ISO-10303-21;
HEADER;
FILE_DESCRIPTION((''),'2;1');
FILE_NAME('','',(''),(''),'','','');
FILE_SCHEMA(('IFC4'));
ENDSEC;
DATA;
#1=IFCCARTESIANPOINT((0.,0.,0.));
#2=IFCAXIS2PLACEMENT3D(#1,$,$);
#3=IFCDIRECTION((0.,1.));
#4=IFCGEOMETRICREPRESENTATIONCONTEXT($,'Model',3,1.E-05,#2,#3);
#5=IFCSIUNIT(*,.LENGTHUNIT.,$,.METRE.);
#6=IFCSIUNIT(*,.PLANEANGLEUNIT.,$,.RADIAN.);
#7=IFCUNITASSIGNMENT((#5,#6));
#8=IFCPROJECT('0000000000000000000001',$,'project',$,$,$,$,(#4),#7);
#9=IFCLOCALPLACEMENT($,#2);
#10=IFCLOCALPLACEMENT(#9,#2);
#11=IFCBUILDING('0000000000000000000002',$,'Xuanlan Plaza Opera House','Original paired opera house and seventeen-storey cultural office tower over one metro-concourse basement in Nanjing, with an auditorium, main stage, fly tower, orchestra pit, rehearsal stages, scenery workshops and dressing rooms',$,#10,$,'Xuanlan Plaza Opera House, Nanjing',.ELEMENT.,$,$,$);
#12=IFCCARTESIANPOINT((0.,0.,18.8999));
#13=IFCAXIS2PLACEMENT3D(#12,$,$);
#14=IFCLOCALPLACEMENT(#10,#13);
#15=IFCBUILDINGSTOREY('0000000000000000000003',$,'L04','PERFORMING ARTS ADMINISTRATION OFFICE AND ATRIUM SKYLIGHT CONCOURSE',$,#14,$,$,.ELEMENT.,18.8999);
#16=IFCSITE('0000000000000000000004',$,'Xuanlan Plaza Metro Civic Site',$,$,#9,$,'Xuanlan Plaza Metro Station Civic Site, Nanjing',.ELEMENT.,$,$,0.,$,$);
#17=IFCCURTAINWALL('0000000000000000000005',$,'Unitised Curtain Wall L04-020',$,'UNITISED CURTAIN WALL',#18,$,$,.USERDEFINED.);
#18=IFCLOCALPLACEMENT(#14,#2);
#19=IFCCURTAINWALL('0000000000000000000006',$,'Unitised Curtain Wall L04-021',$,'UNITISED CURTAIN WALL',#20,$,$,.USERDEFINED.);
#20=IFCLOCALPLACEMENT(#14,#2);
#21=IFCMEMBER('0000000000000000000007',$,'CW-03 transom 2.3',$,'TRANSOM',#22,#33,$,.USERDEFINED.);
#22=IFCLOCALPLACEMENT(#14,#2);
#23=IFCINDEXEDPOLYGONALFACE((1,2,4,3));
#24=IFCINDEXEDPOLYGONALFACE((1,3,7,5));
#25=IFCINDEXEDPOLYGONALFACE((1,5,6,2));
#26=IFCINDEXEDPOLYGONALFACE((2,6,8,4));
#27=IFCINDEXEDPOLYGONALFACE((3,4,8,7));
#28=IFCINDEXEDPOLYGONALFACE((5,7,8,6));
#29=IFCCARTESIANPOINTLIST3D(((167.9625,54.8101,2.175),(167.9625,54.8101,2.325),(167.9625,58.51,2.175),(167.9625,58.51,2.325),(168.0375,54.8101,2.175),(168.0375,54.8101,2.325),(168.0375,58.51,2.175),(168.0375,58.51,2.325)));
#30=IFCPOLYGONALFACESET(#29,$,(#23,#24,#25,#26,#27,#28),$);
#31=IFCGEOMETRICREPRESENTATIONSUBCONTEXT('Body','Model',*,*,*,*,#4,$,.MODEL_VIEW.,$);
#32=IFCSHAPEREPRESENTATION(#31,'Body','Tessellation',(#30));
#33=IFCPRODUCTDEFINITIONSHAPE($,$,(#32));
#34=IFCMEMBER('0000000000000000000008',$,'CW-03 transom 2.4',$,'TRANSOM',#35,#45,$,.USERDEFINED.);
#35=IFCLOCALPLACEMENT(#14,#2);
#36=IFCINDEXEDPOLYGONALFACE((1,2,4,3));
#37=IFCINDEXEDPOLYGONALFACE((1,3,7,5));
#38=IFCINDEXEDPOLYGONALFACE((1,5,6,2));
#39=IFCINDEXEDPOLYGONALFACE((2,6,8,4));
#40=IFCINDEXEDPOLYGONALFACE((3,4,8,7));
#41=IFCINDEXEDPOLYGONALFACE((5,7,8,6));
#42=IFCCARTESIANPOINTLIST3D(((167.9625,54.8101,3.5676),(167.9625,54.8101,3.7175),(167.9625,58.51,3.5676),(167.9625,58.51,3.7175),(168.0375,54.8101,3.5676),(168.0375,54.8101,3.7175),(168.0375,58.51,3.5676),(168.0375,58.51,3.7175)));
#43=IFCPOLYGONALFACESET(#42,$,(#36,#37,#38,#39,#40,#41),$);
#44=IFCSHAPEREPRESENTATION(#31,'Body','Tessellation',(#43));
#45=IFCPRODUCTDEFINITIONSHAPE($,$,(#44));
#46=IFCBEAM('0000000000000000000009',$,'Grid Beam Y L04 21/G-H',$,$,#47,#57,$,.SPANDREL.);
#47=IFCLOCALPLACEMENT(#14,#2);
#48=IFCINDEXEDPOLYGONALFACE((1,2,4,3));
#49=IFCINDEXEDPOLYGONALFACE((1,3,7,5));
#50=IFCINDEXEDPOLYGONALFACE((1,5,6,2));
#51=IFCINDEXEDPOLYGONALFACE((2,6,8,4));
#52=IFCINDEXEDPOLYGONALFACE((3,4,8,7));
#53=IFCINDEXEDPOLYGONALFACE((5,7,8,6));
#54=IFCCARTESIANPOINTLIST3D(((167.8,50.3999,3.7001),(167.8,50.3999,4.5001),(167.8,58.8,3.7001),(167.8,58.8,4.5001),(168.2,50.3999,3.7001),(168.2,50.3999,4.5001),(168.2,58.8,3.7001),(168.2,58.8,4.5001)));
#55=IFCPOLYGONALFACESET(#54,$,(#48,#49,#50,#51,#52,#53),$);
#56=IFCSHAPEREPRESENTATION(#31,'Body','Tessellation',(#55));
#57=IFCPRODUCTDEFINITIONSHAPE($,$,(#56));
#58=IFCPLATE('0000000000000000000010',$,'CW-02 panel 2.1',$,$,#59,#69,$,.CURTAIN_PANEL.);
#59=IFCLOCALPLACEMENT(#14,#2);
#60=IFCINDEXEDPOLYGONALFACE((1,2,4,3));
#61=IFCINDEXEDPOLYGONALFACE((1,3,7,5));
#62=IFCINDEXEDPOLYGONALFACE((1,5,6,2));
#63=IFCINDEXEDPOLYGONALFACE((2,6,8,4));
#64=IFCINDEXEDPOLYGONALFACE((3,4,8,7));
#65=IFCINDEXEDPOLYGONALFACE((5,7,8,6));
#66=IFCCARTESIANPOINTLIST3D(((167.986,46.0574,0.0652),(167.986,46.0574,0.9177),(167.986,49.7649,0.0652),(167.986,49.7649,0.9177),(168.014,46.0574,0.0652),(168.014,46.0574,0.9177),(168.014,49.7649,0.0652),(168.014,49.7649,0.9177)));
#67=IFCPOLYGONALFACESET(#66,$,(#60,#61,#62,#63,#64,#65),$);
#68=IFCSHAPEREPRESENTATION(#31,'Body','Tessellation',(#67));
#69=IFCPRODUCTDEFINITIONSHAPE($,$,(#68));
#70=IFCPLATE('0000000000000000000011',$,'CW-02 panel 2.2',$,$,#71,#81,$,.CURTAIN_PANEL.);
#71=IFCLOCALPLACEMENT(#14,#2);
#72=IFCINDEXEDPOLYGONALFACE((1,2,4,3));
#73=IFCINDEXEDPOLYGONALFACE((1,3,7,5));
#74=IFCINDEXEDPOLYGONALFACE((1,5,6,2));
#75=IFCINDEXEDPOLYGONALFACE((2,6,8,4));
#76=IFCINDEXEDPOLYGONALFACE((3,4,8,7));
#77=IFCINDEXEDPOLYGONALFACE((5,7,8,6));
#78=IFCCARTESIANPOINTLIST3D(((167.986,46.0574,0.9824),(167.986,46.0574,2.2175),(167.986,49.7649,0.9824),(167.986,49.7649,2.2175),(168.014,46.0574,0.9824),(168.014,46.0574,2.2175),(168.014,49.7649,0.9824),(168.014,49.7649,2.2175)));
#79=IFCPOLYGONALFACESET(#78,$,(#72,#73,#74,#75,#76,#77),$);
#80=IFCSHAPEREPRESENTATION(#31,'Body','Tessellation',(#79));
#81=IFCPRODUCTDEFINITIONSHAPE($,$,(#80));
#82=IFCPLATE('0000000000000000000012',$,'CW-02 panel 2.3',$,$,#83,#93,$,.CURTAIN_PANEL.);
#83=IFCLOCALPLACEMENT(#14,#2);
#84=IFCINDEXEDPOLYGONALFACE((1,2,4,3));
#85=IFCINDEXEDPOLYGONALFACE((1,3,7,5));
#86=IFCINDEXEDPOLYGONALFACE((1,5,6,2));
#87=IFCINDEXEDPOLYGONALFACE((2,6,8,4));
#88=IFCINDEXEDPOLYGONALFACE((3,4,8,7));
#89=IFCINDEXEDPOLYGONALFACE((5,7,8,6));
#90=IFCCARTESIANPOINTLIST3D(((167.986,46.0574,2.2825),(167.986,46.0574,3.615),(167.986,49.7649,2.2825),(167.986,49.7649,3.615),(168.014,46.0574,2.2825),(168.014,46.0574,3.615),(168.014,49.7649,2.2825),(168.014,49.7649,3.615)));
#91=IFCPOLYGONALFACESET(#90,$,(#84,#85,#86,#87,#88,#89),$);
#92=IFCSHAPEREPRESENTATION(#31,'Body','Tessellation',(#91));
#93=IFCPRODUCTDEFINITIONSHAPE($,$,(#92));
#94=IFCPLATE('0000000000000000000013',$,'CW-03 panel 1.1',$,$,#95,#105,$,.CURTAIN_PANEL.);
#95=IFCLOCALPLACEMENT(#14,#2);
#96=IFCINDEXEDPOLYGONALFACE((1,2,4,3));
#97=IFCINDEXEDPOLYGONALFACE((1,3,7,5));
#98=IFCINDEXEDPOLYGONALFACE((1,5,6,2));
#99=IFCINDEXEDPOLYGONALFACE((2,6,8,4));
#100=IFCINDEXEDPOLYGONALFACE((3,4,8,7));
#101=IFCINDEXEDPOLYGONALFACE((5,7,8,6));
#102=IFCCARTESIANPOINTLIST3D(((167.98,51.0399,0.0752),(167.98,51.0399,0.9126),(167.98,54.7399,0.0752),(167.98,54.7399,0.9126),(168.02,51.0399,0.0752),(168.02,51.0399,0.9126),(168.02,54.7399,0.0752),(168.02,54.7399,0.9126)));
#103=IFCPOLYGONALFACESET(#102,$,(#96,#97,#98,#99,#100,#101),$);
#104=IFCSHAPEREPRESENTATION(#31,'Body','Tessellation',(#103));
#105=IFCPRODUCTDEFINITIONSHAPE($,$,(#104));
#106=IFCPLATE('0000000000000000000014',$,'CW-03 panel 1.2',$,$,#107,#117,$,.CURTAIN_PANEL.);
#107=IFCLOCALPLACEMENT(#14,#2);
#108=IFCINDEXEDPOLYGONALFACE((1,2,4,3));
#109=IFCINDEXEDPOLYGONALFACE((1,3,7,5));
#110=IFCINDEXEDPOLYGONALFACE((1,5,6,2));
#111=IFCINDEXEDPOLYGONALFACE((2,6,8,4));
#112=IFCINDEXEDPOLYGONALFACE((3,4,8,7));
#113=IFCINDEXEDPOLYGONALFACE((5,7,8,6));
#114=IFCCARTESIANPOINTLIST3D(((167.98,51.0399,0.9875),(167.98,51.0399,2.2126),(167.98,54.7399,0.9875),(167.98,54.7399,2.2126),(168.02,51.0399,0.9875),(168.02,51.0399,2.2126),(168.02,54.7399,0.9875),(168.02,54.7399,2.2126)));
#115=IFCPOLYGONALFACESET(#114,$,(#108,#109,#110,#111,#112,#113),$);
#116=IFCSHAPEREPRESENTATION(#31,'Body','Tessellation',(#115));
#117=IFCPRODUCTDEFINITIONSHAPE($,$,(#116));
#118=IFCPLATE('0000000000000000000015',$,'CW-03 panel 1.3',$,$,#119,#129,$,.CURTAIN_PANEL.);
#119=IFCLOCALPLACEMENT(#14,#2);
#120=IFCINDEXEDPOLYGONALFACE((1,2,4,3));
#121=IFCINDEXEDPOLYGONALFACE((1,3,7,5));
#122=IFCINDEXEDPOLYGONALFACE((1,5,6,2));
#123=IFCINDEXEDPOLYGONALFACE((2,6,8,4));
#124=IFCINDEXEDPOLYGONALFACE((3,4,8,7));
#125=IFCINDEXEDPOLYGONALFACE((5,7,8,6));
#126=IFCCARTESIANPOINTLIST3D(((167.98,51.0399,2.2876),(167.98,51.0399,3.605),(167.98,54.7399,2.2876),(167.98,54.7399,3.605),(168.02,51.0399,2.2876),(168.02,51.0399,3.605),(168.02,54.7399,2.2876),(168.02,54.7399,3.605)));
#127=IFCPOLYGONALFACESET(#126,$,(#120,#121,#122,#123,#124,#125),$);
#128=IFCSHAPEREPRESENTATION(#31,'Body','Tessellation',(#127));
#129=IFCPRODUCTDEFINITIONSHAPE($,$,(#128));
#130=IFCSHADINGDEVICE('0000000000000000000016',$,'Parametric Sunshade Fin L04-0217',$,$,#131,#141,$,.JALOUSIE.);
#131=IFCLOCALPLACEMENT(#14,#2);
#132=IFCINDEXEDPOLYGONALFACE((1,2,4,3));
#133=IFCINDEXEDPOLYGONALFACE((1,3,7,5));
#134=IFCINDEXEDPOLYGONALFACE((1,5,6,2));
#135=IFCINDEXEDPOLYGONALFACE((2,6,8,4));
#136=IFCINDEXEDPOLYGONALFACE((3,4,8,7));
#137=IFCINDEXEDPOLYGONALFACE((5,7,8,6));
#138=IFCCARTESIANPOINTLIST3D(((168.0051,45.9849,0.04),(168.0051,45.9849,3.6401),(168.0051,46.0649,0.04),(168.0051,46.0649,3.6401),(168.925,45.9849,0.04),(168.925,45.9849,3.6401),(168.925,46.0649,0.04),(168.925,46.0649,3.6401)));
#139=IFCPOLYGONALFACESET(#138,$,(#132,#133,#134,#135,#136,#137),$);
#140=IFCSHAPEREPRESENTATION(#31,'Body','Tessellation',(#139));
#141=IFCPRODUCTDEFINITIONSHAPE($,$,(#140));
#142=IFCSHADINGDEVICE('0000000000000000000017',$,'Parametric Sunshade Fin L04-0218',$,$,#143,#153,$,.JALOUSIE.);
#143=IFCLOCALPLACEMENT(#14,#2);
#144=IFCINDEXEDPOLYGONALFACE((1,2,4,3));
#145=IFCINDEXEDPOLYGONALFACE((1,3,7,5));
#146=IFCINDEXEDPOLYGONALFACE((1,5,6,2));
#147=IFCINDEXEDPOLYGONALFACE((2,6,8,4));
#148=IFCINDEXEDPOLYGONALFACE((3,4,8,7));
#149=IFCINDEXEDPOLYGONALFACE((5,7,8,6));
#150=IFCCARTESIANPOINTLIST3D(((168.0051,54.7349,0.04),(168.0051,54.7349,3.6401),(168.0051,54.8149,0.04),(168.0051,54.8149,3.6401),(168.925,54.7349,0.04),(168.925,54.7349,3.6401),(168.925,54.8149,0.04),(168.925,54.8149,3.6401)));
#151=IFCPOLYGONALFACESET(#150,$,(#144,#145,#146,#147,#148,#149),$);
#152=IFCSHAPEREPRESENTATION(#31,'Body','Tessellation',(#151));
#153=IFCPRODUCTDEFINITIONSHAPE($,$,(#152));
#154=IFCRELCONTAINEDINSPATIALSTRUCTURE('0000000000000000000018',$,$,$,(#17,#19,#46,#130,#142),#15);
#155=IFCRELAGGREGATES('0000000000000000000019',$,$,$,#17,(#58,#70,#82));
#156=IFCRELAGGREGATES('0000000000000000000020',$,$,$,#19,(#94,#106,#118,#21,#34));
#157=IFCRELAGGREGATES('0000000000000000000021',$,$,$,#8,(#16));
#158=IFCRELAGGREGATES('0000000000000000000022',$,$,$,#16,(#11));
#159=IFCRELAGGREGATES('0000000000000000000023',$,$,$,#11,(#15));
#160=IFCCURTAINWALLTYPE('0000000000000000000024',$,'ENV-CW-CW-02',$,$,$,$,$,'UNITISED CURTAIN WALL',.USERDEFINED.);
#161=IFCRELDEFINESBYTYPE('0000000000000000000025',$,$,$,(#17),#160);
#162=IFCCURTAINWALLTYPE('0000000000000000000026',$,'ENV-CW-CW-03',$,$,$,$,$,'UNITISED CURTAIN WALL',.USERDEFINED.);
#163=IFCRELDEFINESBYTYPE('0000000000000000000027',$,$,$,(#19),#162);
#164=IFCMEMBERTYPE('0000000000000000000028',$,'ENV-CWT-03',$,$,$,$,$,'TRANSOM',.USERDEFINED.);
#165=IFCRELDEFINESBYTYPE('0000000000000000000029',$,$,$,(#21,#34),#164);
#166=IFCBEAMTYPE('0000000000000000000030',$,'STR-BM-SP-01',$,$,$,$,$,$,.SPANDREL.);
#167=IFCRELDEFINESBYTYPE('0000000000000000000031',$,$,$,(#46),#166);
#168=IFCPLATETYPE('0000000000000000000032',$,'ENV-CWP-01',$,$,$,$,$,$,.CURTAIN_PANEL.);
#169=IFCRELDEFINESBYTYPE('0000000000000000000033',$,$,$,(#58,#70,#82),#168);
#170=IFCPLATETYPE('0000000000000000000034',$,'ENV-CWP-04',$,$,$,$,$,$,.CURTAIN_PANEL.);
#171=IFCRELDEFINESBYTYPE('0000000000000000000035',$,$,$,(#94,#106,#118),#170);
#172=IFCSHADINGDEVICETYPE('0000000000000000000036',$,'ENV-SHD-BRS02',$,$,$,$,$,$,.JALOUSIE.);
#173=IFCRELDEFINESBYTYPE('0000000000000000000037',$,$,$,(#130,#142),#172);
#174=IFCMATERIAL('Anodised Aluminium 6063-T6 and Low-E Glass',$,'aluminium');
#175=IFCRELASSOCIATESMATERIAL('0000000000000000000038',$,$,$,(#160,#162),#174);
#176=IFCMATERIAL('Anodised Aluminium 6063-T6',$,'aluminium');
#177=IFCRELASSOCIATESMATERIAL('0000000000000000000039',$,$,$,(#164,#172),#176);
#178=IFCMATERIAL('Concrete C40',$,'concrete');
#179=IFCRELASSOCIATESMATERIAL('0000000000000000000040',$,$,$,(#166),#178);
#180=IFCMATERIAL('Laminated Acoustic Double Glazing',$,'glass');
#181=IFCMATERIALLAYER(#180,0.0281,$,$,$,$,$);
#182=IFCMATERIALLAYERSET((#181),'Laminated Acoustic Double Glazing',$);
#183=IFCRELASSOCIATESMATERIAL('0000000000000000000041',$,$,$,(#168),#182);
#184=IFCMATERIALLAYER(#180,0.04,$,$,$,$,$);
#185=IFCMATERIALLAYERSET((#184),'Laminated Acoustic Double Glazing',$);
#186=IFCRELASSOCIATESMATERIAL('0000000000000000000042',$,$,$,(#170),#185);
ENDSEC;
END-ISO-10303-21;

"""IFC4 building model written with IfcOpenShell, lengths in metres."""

from ifc_helpers import new_model, si_unit, direction, frame, origin, origin_2d, place, context, subcontext, project, spatial, rectangle, extrude, material, layer, layer_set, material_profile, profile_set, type_object, element, aggregate, save


model = new_model("IFC4")

# Units and contexts
model_context = context("Model", 3, precision=1e-05, world=origin(), true_north=direction((0.0, 1.0)))
body_context = subcontext(model_context, "Body", "Model", "MODEL_VIEW")
ifc_project = project(units=[si_unit("LENGTHUNIT", "METRE"), si_unit("PLANEANGLEUNIT", "RADIAN")], contexts=[model_context])

# Site, building, storey
site_placement = place(None, origin())
site = spatial("IfcSite", under=ifc_project, at=site_placement, Name="Xuanlan Plaza Metro Civic Site", LongName="Xuanlan Plaza Metro Station Civic Site, Nanjing", CompositionType="ELEMENT", RefElevation=0.0)
building_placement = place(site_placement, origin())
building = spatial("IfcBuilding", under=site, at=building_placement, Name="Xuanlan Plaza Opera House", Description="Original paired opera house and seventeen-storey cultural office tower over one metro-concourse basement in Nanjing, with an auditorium, main stage, fly tower, orchestra pit, rehearsal stages, scenery workshops and dressing rooms", LongName="Xuanlan Plaza Opera House, Nanjing", CompositionType="ELEMENT")
storey_placement = place(building_placement, frame((0.0, 0.0, 18.8999)))
storey = spatial("IfcBuildingStorey", under=building, at=storey_placement, Name="L04", Description="PERFORMING ARTS ADMINISTRATION OFFICE AND ATRIUM SKYLIGHT CONCOURSE", CompositionType="ELEMENT", Elevation=18.8999)

# Curtain wall
ifc_material_1 = material(Name="Anodised Aluminium 6063-T6 and Low-E Glass", Category="aluminium")
curtain_wall_type_1 = type_object("IfcCurtainWallType", Name="ENV-CW-CW-02", ElementType="UNITISED CURTAIN WALL", PredefinedType="USERDEFINED", material=ifc_material_1)
curtain_wall_1_placement = place(storey_placement, origin())
curtain_wall_1 = element("IfcCurtainWall", 1, at=curtain_wall_1_placement, inside=storey, type_object=curtain_wall_type_1, Name="Unitised Curtain Wall L04-020", ObjectType="UNITISED CURTAIN WALL", PredefinedType="USERDEFINED")
ifc_material_2 = material(Name="Anodised Aluminium 6063-T6", Category="aluminium")

# Curtain wall
curtain_wall_type_2 = type_object("IfcCurtainWallType", Name="ENV-CW-CW-03", ElementType="UNITISED CURTAIN WALL", PredefinedType="USERDEFINED", material=ifc_material_1)
curtain_wall_2_placement = place(storey_placement, origin())
curtain_wall_2 = element("IfcCurtainWall", 2, at=curtain_wall_2_placement, inside=storey, type_object=curtain_wall_type_2, Name="Unitised Curtain Wall L04-021", ObjectType="UNITISED CURTAIN WALL", PredefinedType="USERDEFINED")

# Members
ifc_material_profile_1 = material_profile(ifc_material_2, rectangle(XDim=0.075, YDim=0.1499, at=origin_2d()), Name="ALU-T 75x150")
ifc_profile_set_1 = profile_set([ifc_material_profile_1], Name="Anodised Aluminium 6063-T6")
member_type_1 = type_object("IfcMemberType", Name="ENV-CWT-03", ElementType="TRANSOM", PredefinedType="USERDEFINED", material=ifc_profile_set_1)
member_1_placement = place(storey_placement, frame((168.0, 54.8101, 2.25), z_axis=(0.0, 1.0, 0.0), x_axis=(-1.0, 0.0, 0.0)))
member_1 = element("IfcMember", 3, at=member_1_placement, type_object=member_type_1, Name="CW-03 transom 2.3", ObjectType="TRANSOM", PredefinedType="USERDEFINED", context=body_context, shape_type="SweptSolid", body=[
    extrude(rectangle(XDim=0.075, YDim=0.1499, at=origin_2d()), origin(), (0.0, 0.0, 1.0), 3.7),
])
member_2_placement = place(storey_placement, frame((168.0, 54.8101, 3.6426), z_axis=(0.0, 1.0, 0.0), x_axis=(-1.0, 0.0, 0.0)))
member_2 = element("IfcMember", 4, at=member_2_placement, type_object=member_type_1, Name="CW-03 transom 2.4", ObjectType="TRANSOM", PredefinedType="USERDEFINED", context=body_context, shape_type="SweptSolid", body=[
    extrude(rectangle(XDim=0.075, YDim=0.1499, at=origin_2d()), origin(), (0.0, 0.0, 1.0), 3.7),
])

# Beam
ifc_material_3 = material(Name="Concrete C40", Category="concrete")
ifc_material_profile_2 = material_profile(ifc_material_3, rectangle(XDim=0.3999, YDim=0.8, at=origin_2d()), Name="RC-SPD 400x800")
ifc_profile_set_2 = profile_set([ifc_material_profile_2], Name="Concrete C40")
beam_type = type_object("IfcBeamType", Name="STR-BM-SP-01", PredefinedType="SPANDREL", material=ifc_profile_set_2)
beam_placement = place(storey_placement, frame((168.0, 50.3999, 4.1001), z_axis=(0.0, 1.0, 0.0), x_axis=(-1.0, 0.0, 0.0)))
element("IfcBeam", 5, at=beam_placement, inside=storey, type_object=beam_type, Name="Grid Beam Y L04 21/G-H", PredefinedType="SPANDREL", context=body_context, shape_type="SweptSolid", body=[
    extrude(rectangle(XDim=0.3999, YDim=0.8, at=origin_2d()), origin(), (0.0, 0.0, 1.0), 8.4001),
])

# Plates
ifc_material_4 = material(Name="Laminated Acoustic Double Glazing", Category="glass")
ifc_layer_1 = layer(ifc_material_4, 0.0281)
ifc_layer_set_1 = layer_set([ifc_layer_1], Name="Laminated Acoustic Double Glazing")
plate_type_1 = type_object("IfcPlateType", Name="ENV-CWP-01", PredefinedType="CURTAIN_PANEL", material=ifc_layer_set_1)
plate_1_placement = place(storey_placement, frame((168.0, 47.9111, 0.0652), z_axis=(0.0, 0.0, 1.0), x_axis=(0.0, 1.0, 0.0)))
plate_1 = element("IfcPlate", 6, at=plate_1_placement, type_object=plate_type_1, Name="CW-02 panel 2.1", PredefinedType="CURTAIN_PANEL", context=body_context, shape_type="SweptSolid", body=[
    extrude(rectangle(XDim=3.7075, YDim=0.0281, at=origin_2d()), origin(), (0.0, 0.0, 1.0), 0.8525),
])
plate_2_placement = place(storey_placement, frame((168.0, 47.9111, 0.9824), z_axis=(0.0, 0.0, 1.0), x_axis=(0.0, 1.0, 0.0)))
plate_2 = element("IfcPlate", 7, at=plate_2_placement, type_object=plate_type_1, Name="CW-02 panel 2.2", PredefinedType="CURTAIN_PANEL", context=body_context, shape_type="SweptSolid", body=[
    extrude(rectangle(XDim=3.7075, YDim=0.0281, at=origin_2d()), origin(), (0.0, 0.0, 1.0), 1.2351),
])
plate_3_placement = place(storey_placement, frame((168.0, 47.9111, 2.2825), z_axis=(0.0, 0.0, 1.0), x_axis=(0.0, 1.0, 0.0)))
plate_3 = element("IfcPlate", 8, at=plate_3_placement, type_object=plate_type_1, Name="CW-02 panel 2.3", PredefinedType="CURTAIN_PANEL", context=body_context, shape_type="SweptSolid", body=[
    extrude(rectangle(XDim=3.7075, YDim=0.0281, at=origin_2d()), origin(), (0.0, 0.0, 1.0), 1.3325),
])
aggregate(curtain_wall_1, [plate_1, plate_2, plate_3])
ifc_layer_2 = layer(ifc_material_4, 0.04)
ifc_layer_set_2 = layer_set([ifc_layer_2], Name="Laminated Acoustic Double Glazing")
plate_type_2 = type_object("IfcPlateType", Name="ENV-CWP-04", PredefinedType="CURTAIN_PANEL", material=ifc_layer_set_2)
plate_4_placement = place(storey_placement, frame((168.0, 52.8899, 0.0752), z_axis=(0.0, 0.0, 1.0), x_axis=(0.0, 1.0, 0.0)))
plate_4 = element("IfcPlate", 9, at=plate_4_placement, type_object=plate_type_2, Name="CW-03 panel 1.1", PredefinedType="CURTAIN_PANEL", context=body_context, shape_type="SweptSolid", body=[
    extrude(rectangle(XDim=3.7, YDim=0.04, at=origin_2d()), origin(), (0.0, 0.0, 1.0), 0.8374),
])
plate_5_placement = place(storey_placement, frame((168.0, 52.8899, 0.9875), z_axis=(0.0, 0.0, 1.0), x_axis=(0.0, 1.0, 0.0)))
plate_5 = element("IfcPlate", 10, at=plate_5_placement, type_object=plate_type_2, Name="CW-03 panel 1.2", PredefinedType="CURTAIN_PANEL", context=body_context, shape_type="SweptSolid", body=[
    extrude(rectangle(XDim=3.7, YDim=0.04, at=origin_2d()), origin(), (0.0, 0.0, 1.0), 1.2251),
])
plate_6_placement = place(storey_placement, frame((168.0, 52.8899, 2.2876), z_axis=(0.0, 0.0, 1.0), x_axis=(0.0, 1.0, 0.0)))
plate_6 = element("IfcPlate", 11, at=plate_6_placement, type_object=plate_type_2, Name="CW-03 panel 1.3", PredefinedType="CURTAIN_PANEL", context=body_context, shape_type="SweptSolid", body=[
    extrude(rectangle(XDim=3.7, YDim=0.04, at=origin_2d()), origin(), (0.0, 0.0, 1.0), 1.3174),
])
aggregate(curtain_wall_2, [plate_4, plate_5, plate_6, member_1, member_2])

# Shading devices
shading_device_type = type_object("IfcShadingDeviceType", Name="ENV-SHD-BRS02", PredefinedType="JALOUSIE", material=ifc_material_2)
for number, where, z_axis, x_axis, name in (
    (12, (168.4651, 46.0249, 0.04), (0.0, 0.0, 1.0), (1.0, 0.0, 0.0), "Parametric Sunshade Fin L04-0217"),
    (13, (168.4651, 54.7749, 0.04), (0.0, 0.0, 1.0), (1.0, 0.0, 0.0), "Parametric Sunshade Fin L04-0218"),
):
    element("IfcShadingDevice", number, at=place(storey_placement, frame(where, z_axis=z_axis, x_axis=x_axis)), inside=storey, type_object=shading_device_type, Name=name, PredefinedType="JALOUSIE", context=body_context, shape_type="SweptSolid", body=[
        extrude(rectangle(XDim=0.9199, YDim=0.0801, at=origin_2d()), origin(), (0.0, 0.0, 1.0), 3.6001),
    ])

save(model, "model.ifc")
